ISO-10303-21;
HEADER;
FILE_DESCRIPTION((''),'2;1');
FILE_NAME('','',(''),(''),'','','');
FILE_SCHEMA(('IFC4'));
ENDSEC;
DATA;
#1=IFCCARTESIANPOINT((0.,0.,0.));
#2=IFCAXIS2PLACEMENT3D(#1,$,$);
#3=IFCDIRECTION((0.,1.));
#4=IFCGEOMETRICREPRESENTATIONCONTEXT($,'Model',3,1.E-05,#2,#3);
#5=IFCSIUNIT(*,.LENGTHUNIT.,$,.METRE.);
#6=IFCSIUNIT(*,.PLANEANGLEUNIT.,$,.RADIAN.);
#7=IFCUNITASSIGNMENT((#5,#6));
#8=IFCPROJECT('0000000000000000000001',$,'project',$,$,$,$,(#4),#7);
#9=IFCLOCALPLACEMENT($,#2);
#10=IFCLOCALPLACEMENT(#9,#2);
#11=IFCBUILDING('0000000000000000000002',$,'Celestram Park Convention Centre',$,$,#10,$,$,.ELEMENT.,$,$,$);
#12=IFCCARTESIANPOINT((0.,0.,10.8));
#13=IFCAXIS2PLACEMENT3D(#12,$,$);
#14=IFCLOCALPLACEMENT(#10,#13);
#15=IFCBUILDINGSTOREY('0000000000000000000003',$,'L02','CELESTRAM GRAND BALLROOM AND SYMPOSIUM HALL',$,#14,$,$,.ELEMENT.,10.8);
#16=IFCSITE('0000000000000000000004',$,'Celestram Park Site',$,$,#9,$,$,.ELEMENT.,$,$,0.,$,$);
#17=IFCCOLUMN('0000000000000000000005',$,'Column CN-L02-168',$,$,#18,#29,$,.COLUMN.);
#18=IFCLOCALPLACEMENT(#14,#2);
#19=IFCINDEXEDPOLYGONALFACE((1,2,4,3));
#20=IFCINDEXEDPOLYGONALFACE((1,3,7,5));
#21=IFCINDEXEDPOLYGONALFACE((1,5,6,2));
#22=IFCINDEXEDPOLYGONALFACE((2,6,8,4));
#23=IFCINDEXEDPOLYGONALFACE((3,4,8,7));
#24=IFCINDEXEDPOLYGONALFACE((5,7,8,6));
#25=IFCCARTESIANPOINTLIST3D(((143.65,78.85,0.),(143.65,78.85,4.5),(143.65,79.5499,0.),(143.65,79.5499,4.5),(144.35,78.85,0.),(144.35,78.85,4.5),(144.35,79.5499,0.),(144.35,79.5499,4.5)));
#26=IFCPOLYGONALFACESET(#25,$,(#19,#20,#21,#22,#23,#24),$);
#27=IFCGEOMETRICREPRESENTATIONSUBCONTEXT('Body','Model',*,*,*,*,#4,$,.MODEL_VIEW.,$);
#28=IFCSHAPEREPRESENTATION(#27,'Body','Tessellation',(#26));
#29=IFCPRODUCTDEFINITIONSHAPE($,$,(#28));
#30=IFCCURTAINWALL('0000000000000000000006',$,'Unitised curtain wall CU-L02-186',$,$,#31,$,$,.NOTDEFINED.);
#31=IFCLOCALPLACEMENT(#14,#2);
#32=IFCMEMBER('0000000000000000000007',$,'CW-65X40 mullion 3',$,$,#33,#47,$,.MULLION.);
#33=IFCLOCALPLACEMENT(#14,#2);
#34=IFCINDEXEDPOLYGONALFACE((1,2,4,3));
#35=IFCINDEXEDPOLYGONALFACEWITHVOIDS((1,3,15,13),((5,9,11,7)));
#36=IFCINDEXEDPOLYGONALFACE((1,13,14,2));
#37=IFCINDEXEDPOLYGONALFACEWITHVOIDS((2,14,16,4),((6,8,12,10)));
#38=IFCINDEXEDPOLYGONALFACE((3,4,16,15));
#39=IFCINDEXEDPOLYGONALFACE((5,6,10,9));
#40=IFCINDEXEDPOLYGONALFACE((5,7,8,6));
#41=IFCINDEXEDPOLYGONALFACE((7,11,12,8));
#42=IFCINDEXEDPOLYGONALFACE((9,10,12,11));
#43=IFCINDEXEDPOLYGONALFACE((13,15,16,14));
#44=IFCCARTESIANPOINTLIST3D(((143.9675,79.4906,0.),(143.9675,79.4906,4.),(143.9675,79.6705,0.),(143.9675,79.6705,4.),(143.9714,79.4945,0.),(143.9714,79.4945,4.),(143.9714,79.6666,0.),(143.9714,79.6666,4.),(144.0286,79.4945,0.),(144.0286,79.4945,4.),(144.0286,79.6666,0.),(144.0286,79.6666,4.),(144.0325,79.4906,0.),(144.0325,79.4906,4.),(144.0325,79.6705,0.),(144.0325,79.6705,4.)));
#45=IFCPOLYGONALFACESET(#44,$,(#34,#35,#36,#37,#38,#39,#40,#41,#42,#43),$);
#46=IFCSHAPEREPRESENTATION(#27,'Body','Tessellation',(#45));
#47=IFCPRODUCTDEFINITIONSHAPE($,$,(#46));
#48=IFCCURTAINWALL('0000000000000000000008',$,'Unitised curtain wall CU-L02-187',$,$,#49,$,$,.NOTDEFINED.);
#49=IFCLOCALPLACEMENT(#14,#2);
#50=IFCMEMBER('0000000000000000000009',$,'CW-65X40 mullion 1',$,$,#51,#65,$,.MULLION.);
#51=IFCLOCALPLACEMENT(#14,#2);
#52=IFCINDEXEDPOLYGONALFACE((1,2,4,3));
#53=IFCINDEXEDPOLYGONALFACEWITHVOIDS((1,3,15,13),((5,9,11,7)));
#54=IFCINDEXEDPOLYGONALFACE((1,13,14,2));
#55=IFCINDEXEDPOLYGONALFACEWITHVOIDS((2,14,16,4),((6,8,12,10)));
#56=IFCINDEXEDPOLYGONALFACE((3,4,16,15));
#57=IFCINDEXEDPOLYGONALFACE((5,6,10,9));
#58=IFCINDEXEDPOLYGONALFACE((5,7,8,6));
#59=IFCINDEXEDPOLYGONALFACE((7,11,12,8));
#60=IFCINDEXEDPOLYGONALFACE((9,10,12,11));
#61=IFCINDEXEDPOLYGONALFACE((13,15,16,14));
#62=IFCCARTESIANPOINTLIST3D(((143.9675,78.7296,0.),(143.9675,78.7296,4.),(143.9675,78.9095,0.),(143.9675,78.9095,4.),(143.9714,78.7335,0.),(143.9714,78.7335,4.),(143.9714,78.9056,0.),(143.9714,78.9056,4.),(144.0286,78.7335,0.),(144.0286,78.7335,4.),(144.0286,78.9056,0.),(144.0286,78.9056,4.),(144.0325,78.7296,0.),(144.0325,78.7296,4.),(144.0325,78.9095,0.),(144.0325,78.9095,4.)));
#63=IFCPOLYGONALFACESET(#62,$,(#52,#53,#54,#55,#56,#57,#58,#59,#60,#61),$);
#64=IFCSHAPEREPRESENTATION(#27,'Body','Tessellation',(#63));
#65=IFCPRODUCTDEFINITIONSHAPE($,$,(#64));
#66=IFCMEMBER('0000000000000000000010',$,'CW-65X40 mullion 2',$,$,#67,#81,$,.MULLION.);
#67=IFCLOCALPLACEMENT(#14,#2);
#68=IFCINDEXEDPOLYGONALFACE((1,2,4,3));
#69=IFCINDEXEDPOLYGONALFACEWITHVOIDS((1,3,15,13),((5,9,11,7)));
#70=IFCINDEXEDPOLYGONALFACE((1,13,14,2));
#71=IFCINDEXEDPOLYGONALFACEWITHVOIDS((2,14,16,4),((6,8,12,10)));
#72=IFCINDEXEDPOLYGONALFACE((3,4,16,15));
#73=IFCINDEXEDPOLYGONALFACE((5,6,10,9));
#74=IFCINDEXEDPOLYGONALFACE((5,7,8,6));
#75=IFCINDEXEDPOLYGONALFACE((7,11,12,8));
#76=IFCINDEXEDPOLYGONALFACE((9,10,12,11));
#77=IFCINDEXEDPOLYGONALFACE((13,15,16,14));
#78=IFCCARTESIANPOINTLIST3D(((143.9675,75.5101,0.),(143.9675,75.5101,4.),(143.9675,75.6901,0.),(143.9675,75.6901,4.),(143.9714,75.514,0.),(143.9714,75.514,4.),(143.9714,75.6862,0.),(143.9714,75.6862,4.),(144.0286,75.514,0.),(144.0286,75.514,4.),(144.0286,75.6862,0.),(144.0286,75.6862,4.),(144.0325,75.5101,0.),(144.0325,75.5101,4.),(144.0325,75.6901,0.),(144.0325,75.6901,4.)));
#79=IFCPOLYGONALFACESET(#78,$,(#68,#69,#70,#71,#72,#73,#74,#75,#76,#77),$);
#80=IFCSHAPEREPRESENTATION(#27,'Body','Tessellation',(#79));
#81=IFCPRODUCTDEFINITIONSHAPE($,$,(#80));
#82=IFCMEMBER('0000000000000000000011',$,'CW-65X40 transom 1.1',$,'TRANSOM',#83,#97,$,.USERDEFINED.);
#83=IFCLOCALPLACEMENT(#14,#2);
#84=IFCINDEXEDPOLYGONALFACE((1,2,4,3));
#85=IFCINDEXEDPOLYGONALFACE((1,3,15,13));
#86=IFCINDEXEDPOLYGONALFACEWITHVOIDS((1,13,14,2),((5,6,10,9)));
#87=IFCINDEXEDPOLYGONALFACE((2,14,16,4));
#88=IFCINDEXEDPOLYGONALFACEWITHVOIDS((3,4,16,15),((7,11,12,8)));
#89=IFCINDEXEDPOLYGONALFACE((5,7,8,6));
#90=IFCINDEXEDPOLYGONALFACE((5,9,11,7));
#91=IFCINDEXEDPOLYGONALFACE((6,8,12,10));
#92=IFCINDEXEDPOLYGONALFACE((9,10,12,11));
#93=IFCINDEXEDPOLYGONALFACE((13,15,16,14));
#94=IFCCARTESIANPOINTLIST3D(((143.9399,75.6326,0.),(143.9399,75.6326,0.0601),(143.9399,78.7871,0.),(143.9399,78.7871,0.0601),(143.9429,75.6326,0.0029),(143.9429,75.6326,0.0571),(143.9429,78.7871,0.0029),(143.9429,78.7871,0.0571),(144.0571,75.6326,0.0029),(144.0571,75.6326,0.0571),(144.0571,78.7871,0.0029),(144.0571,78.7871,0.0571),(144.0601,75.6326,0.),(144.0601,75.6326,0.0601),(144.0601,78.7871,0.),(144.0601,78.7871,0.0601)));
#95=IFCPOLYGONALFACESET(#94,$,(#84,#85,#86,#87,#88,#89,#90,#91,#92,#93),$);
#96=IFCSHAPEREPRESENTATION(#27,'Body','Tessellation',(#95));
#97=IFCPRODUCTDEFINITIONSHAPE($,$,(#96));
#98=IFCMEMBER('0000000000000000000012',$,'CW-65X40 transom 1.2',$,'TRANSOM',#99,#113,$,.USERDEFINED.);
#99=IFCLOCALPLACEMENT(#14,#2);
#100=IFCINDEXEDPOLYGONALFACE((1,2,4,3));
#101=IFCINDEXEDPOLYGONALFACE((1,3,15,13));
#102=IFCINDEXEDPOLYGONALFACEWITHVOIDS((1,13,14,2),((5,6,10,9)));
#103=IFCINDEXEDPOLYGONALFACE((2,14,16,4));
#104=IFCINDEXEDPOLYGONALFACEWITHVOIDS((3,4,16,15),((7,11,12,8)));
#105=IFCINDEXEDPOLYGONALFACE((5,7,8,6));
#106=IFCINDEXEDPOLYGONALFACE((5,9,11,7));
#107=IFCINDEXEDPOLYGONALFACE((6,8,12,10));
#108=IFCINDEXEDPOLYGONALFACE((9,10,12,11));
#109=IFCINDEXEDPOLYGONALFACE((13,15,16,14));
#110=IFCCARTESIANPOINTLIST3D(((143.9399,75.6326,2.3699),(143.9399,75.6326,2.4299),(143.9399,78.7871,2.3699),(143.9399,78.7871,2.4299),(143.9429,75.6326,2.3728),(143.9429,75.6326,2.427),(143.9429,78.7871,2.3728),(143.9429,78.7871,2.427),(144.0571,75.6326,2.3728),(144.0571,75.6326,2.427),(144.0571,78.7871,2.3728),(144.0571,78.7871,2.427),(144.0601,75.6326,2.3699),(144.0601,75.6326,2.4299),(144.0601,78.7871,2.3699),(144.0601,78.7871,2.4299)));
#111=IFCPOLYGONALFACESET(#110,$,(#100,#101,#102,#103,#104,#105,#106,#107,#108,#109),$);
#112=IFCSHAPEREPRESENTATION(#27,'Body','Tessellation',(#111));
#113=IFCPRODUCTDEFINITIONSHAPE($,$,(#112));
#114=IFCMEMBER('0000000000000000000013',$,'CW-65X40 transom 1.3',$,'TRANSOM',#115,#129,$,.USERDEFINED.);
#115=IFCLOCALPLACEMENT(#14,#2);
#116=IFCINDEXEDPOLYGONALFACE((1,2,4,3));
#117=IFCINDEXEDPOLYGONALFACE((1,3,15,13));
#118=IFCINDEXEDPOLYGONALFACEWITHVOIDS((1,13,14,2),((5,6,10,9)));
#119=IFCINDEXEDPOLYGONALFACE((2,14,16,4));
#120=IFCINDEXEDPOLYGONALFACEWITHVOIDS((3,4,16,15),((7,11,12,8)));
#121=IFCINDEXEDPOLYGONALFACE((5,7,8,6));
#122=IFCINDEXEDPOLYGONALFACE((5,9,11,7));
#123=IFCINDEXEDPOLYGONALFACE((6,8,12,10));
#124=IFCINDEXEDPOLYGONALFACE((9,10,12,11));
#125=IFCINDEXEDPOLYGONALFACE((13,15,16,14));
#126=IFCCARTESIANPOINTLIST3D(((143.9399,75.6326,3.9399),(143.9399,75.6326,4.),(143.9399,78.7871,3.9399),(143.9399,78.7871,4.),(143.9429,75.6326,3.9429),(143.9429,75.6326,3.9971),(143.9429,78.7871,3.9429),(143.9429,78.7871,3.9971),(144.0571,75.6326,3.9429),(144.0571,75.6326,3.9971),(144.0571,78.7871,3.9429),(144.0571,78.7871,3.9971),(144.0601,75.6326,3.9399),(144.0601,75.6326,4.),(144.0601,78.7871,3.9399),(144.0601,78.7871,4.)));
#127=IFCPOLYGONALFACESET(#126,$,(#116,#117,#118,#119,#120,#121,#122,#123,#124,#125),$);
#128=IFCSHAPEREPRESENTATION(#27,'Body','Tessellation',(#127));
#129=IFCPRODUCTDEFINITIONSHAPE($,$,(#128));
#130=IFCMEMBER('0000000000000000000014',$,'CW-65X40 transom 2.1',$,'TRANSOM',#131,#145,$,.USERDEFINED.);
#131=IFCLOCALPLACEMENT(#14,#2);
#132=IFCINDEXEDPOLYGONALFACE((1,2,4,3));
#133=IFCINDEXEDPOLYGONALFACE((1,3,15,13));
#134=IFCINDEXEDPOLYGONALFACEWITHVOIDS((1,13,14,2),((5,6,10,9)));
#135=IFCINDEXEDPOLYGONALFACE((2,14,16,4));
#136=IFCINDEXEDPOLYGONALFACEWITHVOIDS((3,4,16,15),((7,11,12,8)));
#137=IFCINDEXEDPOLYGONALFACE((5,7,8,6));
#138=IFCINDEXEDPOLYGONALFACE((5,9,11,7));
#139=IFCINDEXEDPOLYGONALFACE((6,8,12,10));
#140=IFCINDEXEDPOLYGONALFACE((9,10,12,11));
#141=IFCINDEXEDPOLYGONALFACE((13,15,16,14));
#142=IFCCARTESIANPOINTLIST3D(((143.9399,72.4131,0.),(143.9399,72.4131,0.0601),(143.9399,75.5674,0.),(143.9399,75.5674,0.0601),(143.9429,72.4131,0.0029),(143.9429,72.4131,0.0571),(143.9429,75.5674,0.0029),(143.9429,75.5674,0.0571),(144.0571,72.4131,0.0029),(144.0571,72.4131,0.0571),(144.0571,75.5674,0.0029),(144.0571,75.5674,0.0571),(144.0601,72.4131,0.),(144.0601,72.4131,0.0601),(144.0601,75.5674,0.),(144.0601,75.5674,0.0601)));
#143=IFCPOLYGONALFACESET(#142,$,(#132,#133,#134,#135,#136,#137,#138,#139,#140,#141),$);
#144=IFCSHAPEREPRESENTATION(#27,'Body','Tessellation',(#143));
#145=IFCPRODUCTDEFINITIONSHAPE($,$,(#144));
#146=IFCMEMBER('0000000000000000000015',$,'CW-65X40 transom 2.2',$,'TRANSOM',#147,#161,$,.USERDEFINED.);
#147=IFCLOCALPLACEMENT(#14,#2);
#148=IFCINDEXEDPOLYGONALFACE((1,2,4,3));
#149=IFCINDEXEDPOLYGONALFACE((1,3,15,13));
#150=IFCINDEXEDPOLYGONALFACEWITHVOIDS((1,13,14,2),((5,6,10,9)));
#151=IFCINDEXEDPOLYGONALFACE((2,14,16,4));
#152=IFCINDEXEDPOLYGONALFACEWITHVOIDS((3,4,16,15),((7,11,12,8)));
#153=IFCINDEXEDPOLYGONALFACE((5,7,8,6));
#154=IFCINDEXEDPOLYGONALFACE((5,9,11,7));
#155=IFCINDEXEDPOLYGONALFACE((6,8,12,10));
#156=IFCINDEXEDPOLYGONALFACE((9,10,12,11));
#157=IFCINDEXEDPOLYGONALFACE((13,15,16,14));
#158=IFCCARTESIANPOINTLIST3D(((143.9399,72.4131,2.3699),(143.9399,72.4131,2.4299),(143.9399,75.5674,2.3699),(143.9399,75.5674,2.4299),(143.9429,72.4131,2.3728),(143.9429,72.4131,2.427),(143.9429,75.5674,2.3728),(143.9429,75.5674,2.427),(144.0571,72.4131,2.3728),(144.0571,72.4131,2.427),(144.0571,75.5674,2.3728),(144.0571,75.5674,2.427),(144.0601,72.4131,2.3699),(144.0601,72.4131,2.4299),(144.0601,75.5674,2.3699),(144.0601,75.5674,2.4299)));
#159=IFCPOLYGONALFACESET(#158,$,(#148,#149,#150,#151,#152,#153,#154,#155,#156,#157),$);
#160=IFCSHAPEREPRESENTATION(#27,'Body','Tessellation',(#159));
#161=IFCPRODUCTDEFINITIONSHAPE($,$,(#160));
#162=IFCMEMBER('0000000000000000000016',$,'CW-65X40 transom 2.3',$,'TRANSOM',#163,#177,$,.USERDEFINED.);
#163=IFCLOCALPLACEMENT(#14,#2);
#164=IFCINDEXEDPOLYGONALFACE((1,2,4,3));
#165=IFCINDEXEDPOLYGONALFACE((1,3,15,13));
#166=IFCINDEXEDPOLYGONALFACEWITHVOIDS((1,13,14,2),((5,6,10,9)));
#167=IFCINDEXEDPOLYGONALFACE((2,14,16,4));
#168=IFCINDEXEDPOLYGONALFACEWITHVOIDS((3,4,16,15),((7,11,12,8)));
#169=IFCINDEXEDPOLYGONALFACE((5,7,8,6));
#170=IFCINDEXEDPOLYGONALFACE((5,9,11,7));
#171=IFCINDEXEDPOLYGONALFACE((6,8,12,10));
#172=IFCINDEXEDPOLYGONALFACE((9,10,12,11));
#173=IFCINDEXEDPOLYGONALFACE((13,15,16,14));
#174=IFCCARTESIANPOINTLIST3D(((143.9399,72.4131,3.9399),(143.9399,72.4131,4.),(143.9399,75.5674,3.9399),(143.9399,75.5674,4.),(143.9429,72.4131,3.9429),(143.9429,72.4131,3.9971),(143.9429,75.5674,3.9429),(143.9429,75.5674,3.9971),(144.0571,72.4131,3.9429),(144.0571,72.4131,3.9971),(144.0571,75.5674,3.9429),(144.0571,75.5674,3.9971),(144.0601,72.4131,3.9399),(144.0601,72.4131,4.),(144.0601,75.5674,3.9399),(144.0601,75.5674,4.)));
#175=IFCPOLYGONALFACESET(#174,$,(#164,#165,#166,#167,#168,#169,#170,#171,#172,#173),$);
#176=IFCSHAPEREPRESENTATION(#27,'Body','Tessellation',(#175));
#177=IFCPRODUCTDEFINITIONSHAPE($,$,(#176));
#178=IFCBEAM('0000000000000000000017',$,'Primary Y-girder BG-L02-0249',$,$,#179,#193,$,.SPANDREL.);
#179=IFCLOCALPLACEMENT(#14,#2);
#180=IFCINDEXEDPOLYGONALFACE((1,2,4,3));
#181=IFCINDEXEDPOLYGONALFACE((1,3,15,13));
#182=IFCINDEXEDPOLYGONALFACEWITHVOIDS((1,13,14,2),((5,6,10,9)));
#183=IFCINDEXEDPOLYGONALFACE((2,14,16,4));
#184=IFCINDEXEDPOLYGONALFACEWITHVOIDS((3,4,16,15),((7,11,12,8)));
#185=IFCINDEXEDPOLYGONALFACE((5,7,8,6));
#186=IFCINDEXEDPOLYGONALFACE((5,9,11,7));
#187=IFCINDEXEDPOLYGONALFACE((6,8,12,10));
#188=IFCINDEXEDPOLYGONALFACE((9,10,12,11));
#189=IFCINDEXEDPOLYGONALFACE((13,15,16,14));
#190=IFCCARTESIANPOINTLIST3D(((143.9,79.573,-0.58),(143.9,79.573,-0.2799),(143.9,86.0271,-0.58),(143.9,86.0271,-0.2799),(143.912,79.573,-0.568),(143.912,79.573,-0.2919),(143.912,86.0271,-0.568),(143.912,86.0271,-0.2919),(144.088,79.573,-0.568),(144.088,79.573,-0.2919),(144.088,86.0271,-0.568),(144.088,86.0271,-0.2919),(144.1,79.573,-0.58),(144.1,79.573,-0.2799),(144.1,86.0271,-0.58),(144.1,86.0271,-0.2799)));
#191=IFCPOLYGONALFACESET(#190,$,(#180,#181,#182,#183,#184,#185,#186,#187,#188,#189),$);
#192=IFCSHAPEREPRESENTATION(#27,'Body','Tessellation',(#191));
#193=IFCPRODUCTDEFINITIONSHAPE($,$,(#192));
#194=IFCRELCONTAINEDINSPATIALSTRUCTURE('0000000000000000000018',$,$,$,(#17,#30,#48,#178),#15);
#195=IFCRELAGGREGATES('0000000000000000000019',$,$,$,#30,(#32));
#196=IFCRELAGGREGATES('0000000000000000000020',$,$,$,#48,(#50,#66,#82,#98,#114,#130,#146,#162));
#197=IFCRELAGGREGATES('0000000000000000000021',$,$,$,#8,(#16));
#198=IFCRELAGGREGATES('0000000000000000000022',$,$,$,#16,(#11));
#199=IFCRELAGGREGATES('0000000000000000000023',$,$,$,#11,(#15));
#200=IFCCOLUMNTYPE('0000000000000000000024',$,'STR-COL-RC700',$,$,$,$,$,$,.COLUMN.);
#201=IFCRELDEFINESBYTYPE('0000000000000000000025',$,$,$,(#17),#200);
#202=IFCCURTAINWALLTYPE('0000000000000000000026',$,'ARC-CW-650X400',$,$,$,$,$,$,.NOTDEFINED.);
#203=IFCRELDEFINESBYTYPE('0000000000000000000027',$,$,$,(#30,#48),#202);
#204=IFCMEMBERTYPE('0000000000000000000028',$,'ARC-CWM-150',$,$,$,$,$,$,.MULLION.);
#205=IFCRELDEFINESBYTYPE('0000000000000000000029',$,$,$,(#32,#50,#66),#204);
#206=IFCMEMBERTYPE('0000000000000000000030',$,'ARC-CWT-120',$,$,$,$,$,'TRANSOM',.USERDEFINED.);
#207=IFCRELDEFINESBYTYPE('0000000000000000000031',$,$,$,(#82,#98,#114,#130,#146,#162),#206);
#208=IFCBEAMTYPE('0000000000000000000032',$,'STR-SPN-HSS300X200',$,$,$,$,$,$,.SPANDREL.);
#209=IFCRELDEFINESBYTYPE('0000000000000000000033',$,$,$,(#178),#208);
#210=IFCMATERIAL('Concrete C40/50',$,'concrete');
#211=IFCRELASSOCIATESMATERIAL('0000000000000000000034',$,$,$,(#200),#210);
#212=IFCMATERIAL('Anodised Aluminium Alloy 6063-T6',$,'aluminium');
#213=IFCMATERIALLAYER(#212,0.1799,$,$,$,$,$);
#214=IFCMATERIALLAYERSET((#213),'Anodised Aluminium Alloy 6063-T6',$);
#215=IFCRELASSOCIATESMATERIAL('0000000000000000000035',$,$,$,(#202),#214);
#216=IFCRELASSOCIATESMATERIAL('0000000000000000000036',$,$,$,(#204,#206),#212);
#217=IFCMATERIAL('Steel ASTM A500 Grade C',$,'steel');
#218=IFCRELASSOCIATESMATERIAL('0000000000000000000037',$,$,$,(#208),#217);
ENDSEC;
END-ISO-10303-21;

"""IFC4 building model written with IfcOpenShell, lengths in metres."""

from ifc_helpers import new_model, si_unit, direction, frame, origin, origin_2d, place, context, subcontext, project, spatial, rectangle, hollow_rectangle, extrude, material, layer, layer_set, material_profile, profile_set, type_object, element, aggregate, save


model = new_model("IFC4")

# Units and contexts
model_context = context("Model", 3, precision=1e-05, world=origin(), true_north=direction((0.0, 1.0)))
body_context = subcontext(model_context, "Body", "Model", "MODEL_VIEW")
ifc_project = project(units=[si_unit("LENGTHUNIT", "METRE"), si_unit("PLANEANGLEUNIT", "RADIAN")], contexts=[model_context])

# Site, building, storey
site_placement = place(None, origin())
site = spatial("IfcSite", under=ifc_project, at=site_placement, Name="Celestram Park Site", CompositionType="ELEMENT", RefElevation=0.0)
building_placement = place(site_placement, origin())
building = spatial("IfcBuilding", under=site, at=building_placement, Name="Celestram Park Convention Centre", CompositionType="ELEMENT")
storey_placement = place(building_placement, frame((0.0, 0.0, 10.8)))
storey = spatial("IfcBuildingStorey", under=building, at=storey_placement, Name="L02", Description="CELESTRAM GRAND BALLROOM AND SYMPOSIUM HALL", CompositionType="ELEMENT", Elevation=10.8)

# Column
ifc_material_1 = material(Name="Concrete C40/50", Category="concrete")
ifc_material_profile_1 = material_profile(ifc_material_1, rectangle(XDim=0.7, YDim=0.7, at=origin_2d()), Name="RC700X700")
ifc_profile_set_1 = profile_set([ifc_material_profile_1], Name="Concrete C40/50")
column_type = type_object("IfcColumnType", Name="STR-COL-RC700", PredefinedType="COLUMN", material=ifc_profile_set_1)
column_placement = place(storey_placement, frame((144.0, 79.2, 0.0), z_axis=(0.0, 0.0, 1.0), x_axis=(1.0, 0.0, 0.0)))
element("IfcColumn", 1, at=column_placement, inside=storey, type_object=column_type, Name="Column CN-L02-168", PredefinedType="COLUMN", context=body_context, shape_type="SweptSolid", body=[
    extrude(rectangle(XDim=0.7, YDim=0.7, at=origin_2d()), origin(), (0.0, 0.0, 1.0), 4.5),
])

# Curtain wall, member
ifc_material_2 = material(Name="Anodised Aluminium Alloy 6063-T6", Category="aluminium")
ifc_layer_1 = layer(ifc_material_2, 0.1799)
ifc_layer_set_1 = layer_set([ifc_layer_1], Name="Anodised Aluminium Alloy 6063-T6")
curtain_wall_type = type_object("IfcCurtainWallType", Name="ARC-CW-650X400", PredefinedType="NOTDEFINED", material=ifc_layer_set_1)
curtain_wall_1_placement = place(storey_placement, origin())
curtain_wall_1 = element("IfcCurtainWall", 2, at=curtain_wall_1_placement, inside=storey, type_object=curtain_wall_type, Name="Unitised curtain wall CU-L02-186", PredefinedType="NOTDEFINED")
ifc_material_profile_2 = material_profile(ifc_material_2, hollow_rectangle(XDim=0.0649, YDim=0.1799, WallThickness=0.0039, at=origin_2d()), Name="ALU65X180X4")
ifc_profile_set_2 = profile_set([ifc_material_profile_2], Name="Anodised Aluminium Alloy 6063-T6")
member_type_1 = type_object("IfcMemberType", Name="ARC-CWM-150", PredefinedType="MULLION", material=ifc_profile_set_2)
member_1_placement = place(storey_placement, frame((144.0, 79.5806, 0.0), z_axis=(0.0, 0.0, 1.0), x_axis=(1.0, 0.0, 0.0)))
member_1 = element("IfcMember", 3, at=member_1_placement, type_object=member_type_1, Name="CW-65X40 mullion 3", PredefinedType="MULLION", context=body_context, shape_type="SweptSolid", body=[
    extrude(hollow_rectangle(XDim=0.0649, YDim=0.1799, WallThickness=0.0039, at=origin_2d()), origin(), (0.0, 0.0, 1.0), 4.0),
])

# Curtain wall, members
curtain_wall_2_placement = place(storey_placement, origin())
curtain_wall_2 = element("IfcCurtainWall", 4, at=curtain_wall_2_placement, inside=storey, type_object=curtain_wall_type, Name="Unitised curtain wall CU-L02-187", PredefinedType="NOTDEFINED")
member_2_placement = place(storey_placement, frame((144.0, 78.8196, 0.0), z_axis=(0.0, 0.0, 1.0), x_axis=(1.0, 0.0, 0.0)))
member_2 = element("IfcMember", 5, at=member_2_placement, type_object=member_type_1, Name="CW-65X40 mullion 1", PredefinedType="MULLION", context=body_context, shape_type="SweptSolid", body=[
    extrude(hollow_rectangle(XDim=0.0649, YDim=0.1799, WallThickness=0.0039, at=origin_2d()), origin(), (0.0, 0.0, 1.0), 4.0),
])
member_3_placement = place(storey_placement, frame((144.0, 75.6001, 0.0), z_axis=(0.0, 0.0, 1.0), x_axis=(1.0, 0.0, 0.0)))
member_3 = element("IfcMember", 6, at=member_3_placement, type_object=member_type_1, Name="CW-65X40 mullion 2", PredefinedType="MULLION", context=body_context, shape_type="SweptSolid", body=[
    extrude(hollow_rectangle(XDim=0.0649, YDim=0.1799, WallThickness=0.0039, at=origin_2d()), origin(), (0.0, 0.0, 1.0), 4.0),
])
ifc_material_profile_3 = material_profile(ifc_material_2, hollow_rectangle(XDim=0.1201, YDim=0.0601, WallThickness=0.0029, at=origin_2d()), Name="ALU120X60X3")
ifc_profile_set_3 = profile_set([ifc_material_profile_3], Name="Anodised Aluminium Alloy 6063-T6")
member_type_2 = type_object("IfcMemberType", Name="ARC-CWT-120", ElementType="TRANSOM", PredefinedType="USERDEFINED", material=ifc_profile_set_3)
member_4_placement = place(storey_placement, frame((144.0, 78.7871, 0.03), z_axis=(0.0, -1.0, 0.0), x_axis=(1.0, 0.0, 0.0)))
member_4 = element("IfcMember", 7, at=member_4_placement, type_object=member_type_2, Name="CW-65X40 transom 1.1", ObjectType="TRANSOM", PredefinedType="USERDEFINED", context=body_context, shape_type="SweptSolid", body=[
    extrude(hollow_rectangle(XDim=0.1201, YDim=0.0601, WallThickness=0.0029, at=origin_2d()), origin(), (0.0, 0.0, 1.0), 3.1545),
])
member_5_placement = place(storey_placement, frame((144.0, 78.7871, 2.3999), z_axis=(0.0, -1.0, 0.0), x_axis=(1.0, 0.0, 0.0)))
member_5 = element("IfcMember", 8, at=member_5_placement, type_object=member_type_2, Name="CW-65X40 transom 1.2", ObjectType="TRANSOM", PredefinedType="USERDEFINED", context=body_context, shape_type="SweptSolid", body=[
    extrude(hollow_rectangle(XDim=0.1201, YDim=0.0601, WallThickness=0.0029, at=origin_2d()), origin(), (0.0, 0.0, 1.0), 3.1545),
])
member_6_placement = place(storey_placement, frame((144.0, 78.7871, 3.97), z_axis=(0.0, -1.0, 0.0), x_axis=(1.0, 0.0, 0.0)))
member_6 = element("IfcMember", 9, at=member_6_placement, type_object=member_type_2, Name="CW-65X40 transom 1.3", ObjectType="TRANSOM", PredefinedType="USERDEFINED", context=body_context, shape_type="SweptSolid", body=[
    extrude(hollow_rectangle(XDim=0.1201, YDim=0.0601, WallThickness=0.0029, at=origin_2d()), origin(), (0.0, 0.0, 1.0), 3.1545),
])
member_7_placement = place(storey_placement, frame((144.0, 75.5674, 0.03), z_axis=(0.0, -1.0, 0.0), x_axis=(1.0, 0.0, 0.0)))
member_7 = element("IfcMember", 10, at=member_7_placement, type_object=member_type_2, Name="CW-65X40 transom 2.1", ObjectType="TRANSOM", PredefinedType="USERDEFINED", context=body_context, shape_type="SweptSolid", body=[
    extrude(hollow_rectangle(XDim=0.1201, YDim=0.0601, WallThickness=0.0029, at=origin_2d()), origin(), (0.0, 0.0, 1.0), 3.1543),
])
member_8_placement = place(storey_placement, frame((144.0, 75.5674, 2.3999), z_axis=(0.0, -1.0, 0.0), x_axis=(1.0, 0.0, 0.0)))
member_8 = element("IfcMember", 11, at=member_8_placement, type_object=member_type_2, Name="CW-65X40 transom 2.2", ObjectType="TRANSOM", PredefinedType="USERDEFINED", context=body_context, shape_type="SweptSolid", body=[
    extrude(hollow_rectangle(XDim=0.1201, YDim=0.0601, WallThickness=0.0029, at=origin_2d()), origin(), (0.0, 0.0, 1.0), 3.1543),
])
member_9_placement = place(storey_placement, frame((144.0, 75.5674, 3.97), z_axis=(0.0, -1.0, 0.0), x_axis=(1.0, 0.0, 0.0)))
member_9 = element("IfcMember", 12, at=member_9_placement, type_object=member_type_2, Name="CW-65X40 transom 2.3", ObjectType="TRANSOM", PredefinedType="USERDEFINED", context=body_context, shape_type="SweptSolid", body=[
    extrude(hollow_rectangle(XDim=0.1201, YDim=0.0601, WallThickness=0.0029, at=origin_2d()), origin(), (0.0, 0.0, 1.0), 3.1543),
])

# Beam
ifc_material_3 = material(Name="Steel ASTM A500 Grade C", Category="steel")
ifc_material_profile_4 = material_profile(ifc_material_3, hollow_rectangle(XDim=0.2, YDim=0.3, WallThickness=0.012, at=origin_2d()), Name="HSS300X200X12")
ifc_profile_set_4 = profile_set([ifc_material_profile_4], Name="Steel ASTM A500 Grade C")
beam_type = type_object("IfcBeamType", Name="STR-SPN-HSS300X200", PredefinedType="SPANDREL", material=ifc_profile_set_4)
beam_placement = place(storey_placement, frame((144.0, 79.573, -0.4299), z_axis=(0.0, 1.0, 0.0), x_axis=(-1.0, 0.0, 0.0)))
element("IfcBeam", 13, at=beam_placement, inside=storey, type_object=beam_type, Name="Primary Y-girder BG-L02-0249", PredefinedType="SPANDREL", context=body_context, shape_type="SweptSolid", body=[
    extrude(hollow_rectangle(XDim=0.2, YDim=0.3, WallThickness=0.012, at=origin_2d()), origin(), (0.0, 0.0, 1.0), 6.4541),
])

aggregate(curtain_wall_1, [member_1])
aggregate(curtain_wall_2, [member_2, member_3, member_4, member_5, member_6, member_7, member_8, member_9])

save(model, "model.ifc")
